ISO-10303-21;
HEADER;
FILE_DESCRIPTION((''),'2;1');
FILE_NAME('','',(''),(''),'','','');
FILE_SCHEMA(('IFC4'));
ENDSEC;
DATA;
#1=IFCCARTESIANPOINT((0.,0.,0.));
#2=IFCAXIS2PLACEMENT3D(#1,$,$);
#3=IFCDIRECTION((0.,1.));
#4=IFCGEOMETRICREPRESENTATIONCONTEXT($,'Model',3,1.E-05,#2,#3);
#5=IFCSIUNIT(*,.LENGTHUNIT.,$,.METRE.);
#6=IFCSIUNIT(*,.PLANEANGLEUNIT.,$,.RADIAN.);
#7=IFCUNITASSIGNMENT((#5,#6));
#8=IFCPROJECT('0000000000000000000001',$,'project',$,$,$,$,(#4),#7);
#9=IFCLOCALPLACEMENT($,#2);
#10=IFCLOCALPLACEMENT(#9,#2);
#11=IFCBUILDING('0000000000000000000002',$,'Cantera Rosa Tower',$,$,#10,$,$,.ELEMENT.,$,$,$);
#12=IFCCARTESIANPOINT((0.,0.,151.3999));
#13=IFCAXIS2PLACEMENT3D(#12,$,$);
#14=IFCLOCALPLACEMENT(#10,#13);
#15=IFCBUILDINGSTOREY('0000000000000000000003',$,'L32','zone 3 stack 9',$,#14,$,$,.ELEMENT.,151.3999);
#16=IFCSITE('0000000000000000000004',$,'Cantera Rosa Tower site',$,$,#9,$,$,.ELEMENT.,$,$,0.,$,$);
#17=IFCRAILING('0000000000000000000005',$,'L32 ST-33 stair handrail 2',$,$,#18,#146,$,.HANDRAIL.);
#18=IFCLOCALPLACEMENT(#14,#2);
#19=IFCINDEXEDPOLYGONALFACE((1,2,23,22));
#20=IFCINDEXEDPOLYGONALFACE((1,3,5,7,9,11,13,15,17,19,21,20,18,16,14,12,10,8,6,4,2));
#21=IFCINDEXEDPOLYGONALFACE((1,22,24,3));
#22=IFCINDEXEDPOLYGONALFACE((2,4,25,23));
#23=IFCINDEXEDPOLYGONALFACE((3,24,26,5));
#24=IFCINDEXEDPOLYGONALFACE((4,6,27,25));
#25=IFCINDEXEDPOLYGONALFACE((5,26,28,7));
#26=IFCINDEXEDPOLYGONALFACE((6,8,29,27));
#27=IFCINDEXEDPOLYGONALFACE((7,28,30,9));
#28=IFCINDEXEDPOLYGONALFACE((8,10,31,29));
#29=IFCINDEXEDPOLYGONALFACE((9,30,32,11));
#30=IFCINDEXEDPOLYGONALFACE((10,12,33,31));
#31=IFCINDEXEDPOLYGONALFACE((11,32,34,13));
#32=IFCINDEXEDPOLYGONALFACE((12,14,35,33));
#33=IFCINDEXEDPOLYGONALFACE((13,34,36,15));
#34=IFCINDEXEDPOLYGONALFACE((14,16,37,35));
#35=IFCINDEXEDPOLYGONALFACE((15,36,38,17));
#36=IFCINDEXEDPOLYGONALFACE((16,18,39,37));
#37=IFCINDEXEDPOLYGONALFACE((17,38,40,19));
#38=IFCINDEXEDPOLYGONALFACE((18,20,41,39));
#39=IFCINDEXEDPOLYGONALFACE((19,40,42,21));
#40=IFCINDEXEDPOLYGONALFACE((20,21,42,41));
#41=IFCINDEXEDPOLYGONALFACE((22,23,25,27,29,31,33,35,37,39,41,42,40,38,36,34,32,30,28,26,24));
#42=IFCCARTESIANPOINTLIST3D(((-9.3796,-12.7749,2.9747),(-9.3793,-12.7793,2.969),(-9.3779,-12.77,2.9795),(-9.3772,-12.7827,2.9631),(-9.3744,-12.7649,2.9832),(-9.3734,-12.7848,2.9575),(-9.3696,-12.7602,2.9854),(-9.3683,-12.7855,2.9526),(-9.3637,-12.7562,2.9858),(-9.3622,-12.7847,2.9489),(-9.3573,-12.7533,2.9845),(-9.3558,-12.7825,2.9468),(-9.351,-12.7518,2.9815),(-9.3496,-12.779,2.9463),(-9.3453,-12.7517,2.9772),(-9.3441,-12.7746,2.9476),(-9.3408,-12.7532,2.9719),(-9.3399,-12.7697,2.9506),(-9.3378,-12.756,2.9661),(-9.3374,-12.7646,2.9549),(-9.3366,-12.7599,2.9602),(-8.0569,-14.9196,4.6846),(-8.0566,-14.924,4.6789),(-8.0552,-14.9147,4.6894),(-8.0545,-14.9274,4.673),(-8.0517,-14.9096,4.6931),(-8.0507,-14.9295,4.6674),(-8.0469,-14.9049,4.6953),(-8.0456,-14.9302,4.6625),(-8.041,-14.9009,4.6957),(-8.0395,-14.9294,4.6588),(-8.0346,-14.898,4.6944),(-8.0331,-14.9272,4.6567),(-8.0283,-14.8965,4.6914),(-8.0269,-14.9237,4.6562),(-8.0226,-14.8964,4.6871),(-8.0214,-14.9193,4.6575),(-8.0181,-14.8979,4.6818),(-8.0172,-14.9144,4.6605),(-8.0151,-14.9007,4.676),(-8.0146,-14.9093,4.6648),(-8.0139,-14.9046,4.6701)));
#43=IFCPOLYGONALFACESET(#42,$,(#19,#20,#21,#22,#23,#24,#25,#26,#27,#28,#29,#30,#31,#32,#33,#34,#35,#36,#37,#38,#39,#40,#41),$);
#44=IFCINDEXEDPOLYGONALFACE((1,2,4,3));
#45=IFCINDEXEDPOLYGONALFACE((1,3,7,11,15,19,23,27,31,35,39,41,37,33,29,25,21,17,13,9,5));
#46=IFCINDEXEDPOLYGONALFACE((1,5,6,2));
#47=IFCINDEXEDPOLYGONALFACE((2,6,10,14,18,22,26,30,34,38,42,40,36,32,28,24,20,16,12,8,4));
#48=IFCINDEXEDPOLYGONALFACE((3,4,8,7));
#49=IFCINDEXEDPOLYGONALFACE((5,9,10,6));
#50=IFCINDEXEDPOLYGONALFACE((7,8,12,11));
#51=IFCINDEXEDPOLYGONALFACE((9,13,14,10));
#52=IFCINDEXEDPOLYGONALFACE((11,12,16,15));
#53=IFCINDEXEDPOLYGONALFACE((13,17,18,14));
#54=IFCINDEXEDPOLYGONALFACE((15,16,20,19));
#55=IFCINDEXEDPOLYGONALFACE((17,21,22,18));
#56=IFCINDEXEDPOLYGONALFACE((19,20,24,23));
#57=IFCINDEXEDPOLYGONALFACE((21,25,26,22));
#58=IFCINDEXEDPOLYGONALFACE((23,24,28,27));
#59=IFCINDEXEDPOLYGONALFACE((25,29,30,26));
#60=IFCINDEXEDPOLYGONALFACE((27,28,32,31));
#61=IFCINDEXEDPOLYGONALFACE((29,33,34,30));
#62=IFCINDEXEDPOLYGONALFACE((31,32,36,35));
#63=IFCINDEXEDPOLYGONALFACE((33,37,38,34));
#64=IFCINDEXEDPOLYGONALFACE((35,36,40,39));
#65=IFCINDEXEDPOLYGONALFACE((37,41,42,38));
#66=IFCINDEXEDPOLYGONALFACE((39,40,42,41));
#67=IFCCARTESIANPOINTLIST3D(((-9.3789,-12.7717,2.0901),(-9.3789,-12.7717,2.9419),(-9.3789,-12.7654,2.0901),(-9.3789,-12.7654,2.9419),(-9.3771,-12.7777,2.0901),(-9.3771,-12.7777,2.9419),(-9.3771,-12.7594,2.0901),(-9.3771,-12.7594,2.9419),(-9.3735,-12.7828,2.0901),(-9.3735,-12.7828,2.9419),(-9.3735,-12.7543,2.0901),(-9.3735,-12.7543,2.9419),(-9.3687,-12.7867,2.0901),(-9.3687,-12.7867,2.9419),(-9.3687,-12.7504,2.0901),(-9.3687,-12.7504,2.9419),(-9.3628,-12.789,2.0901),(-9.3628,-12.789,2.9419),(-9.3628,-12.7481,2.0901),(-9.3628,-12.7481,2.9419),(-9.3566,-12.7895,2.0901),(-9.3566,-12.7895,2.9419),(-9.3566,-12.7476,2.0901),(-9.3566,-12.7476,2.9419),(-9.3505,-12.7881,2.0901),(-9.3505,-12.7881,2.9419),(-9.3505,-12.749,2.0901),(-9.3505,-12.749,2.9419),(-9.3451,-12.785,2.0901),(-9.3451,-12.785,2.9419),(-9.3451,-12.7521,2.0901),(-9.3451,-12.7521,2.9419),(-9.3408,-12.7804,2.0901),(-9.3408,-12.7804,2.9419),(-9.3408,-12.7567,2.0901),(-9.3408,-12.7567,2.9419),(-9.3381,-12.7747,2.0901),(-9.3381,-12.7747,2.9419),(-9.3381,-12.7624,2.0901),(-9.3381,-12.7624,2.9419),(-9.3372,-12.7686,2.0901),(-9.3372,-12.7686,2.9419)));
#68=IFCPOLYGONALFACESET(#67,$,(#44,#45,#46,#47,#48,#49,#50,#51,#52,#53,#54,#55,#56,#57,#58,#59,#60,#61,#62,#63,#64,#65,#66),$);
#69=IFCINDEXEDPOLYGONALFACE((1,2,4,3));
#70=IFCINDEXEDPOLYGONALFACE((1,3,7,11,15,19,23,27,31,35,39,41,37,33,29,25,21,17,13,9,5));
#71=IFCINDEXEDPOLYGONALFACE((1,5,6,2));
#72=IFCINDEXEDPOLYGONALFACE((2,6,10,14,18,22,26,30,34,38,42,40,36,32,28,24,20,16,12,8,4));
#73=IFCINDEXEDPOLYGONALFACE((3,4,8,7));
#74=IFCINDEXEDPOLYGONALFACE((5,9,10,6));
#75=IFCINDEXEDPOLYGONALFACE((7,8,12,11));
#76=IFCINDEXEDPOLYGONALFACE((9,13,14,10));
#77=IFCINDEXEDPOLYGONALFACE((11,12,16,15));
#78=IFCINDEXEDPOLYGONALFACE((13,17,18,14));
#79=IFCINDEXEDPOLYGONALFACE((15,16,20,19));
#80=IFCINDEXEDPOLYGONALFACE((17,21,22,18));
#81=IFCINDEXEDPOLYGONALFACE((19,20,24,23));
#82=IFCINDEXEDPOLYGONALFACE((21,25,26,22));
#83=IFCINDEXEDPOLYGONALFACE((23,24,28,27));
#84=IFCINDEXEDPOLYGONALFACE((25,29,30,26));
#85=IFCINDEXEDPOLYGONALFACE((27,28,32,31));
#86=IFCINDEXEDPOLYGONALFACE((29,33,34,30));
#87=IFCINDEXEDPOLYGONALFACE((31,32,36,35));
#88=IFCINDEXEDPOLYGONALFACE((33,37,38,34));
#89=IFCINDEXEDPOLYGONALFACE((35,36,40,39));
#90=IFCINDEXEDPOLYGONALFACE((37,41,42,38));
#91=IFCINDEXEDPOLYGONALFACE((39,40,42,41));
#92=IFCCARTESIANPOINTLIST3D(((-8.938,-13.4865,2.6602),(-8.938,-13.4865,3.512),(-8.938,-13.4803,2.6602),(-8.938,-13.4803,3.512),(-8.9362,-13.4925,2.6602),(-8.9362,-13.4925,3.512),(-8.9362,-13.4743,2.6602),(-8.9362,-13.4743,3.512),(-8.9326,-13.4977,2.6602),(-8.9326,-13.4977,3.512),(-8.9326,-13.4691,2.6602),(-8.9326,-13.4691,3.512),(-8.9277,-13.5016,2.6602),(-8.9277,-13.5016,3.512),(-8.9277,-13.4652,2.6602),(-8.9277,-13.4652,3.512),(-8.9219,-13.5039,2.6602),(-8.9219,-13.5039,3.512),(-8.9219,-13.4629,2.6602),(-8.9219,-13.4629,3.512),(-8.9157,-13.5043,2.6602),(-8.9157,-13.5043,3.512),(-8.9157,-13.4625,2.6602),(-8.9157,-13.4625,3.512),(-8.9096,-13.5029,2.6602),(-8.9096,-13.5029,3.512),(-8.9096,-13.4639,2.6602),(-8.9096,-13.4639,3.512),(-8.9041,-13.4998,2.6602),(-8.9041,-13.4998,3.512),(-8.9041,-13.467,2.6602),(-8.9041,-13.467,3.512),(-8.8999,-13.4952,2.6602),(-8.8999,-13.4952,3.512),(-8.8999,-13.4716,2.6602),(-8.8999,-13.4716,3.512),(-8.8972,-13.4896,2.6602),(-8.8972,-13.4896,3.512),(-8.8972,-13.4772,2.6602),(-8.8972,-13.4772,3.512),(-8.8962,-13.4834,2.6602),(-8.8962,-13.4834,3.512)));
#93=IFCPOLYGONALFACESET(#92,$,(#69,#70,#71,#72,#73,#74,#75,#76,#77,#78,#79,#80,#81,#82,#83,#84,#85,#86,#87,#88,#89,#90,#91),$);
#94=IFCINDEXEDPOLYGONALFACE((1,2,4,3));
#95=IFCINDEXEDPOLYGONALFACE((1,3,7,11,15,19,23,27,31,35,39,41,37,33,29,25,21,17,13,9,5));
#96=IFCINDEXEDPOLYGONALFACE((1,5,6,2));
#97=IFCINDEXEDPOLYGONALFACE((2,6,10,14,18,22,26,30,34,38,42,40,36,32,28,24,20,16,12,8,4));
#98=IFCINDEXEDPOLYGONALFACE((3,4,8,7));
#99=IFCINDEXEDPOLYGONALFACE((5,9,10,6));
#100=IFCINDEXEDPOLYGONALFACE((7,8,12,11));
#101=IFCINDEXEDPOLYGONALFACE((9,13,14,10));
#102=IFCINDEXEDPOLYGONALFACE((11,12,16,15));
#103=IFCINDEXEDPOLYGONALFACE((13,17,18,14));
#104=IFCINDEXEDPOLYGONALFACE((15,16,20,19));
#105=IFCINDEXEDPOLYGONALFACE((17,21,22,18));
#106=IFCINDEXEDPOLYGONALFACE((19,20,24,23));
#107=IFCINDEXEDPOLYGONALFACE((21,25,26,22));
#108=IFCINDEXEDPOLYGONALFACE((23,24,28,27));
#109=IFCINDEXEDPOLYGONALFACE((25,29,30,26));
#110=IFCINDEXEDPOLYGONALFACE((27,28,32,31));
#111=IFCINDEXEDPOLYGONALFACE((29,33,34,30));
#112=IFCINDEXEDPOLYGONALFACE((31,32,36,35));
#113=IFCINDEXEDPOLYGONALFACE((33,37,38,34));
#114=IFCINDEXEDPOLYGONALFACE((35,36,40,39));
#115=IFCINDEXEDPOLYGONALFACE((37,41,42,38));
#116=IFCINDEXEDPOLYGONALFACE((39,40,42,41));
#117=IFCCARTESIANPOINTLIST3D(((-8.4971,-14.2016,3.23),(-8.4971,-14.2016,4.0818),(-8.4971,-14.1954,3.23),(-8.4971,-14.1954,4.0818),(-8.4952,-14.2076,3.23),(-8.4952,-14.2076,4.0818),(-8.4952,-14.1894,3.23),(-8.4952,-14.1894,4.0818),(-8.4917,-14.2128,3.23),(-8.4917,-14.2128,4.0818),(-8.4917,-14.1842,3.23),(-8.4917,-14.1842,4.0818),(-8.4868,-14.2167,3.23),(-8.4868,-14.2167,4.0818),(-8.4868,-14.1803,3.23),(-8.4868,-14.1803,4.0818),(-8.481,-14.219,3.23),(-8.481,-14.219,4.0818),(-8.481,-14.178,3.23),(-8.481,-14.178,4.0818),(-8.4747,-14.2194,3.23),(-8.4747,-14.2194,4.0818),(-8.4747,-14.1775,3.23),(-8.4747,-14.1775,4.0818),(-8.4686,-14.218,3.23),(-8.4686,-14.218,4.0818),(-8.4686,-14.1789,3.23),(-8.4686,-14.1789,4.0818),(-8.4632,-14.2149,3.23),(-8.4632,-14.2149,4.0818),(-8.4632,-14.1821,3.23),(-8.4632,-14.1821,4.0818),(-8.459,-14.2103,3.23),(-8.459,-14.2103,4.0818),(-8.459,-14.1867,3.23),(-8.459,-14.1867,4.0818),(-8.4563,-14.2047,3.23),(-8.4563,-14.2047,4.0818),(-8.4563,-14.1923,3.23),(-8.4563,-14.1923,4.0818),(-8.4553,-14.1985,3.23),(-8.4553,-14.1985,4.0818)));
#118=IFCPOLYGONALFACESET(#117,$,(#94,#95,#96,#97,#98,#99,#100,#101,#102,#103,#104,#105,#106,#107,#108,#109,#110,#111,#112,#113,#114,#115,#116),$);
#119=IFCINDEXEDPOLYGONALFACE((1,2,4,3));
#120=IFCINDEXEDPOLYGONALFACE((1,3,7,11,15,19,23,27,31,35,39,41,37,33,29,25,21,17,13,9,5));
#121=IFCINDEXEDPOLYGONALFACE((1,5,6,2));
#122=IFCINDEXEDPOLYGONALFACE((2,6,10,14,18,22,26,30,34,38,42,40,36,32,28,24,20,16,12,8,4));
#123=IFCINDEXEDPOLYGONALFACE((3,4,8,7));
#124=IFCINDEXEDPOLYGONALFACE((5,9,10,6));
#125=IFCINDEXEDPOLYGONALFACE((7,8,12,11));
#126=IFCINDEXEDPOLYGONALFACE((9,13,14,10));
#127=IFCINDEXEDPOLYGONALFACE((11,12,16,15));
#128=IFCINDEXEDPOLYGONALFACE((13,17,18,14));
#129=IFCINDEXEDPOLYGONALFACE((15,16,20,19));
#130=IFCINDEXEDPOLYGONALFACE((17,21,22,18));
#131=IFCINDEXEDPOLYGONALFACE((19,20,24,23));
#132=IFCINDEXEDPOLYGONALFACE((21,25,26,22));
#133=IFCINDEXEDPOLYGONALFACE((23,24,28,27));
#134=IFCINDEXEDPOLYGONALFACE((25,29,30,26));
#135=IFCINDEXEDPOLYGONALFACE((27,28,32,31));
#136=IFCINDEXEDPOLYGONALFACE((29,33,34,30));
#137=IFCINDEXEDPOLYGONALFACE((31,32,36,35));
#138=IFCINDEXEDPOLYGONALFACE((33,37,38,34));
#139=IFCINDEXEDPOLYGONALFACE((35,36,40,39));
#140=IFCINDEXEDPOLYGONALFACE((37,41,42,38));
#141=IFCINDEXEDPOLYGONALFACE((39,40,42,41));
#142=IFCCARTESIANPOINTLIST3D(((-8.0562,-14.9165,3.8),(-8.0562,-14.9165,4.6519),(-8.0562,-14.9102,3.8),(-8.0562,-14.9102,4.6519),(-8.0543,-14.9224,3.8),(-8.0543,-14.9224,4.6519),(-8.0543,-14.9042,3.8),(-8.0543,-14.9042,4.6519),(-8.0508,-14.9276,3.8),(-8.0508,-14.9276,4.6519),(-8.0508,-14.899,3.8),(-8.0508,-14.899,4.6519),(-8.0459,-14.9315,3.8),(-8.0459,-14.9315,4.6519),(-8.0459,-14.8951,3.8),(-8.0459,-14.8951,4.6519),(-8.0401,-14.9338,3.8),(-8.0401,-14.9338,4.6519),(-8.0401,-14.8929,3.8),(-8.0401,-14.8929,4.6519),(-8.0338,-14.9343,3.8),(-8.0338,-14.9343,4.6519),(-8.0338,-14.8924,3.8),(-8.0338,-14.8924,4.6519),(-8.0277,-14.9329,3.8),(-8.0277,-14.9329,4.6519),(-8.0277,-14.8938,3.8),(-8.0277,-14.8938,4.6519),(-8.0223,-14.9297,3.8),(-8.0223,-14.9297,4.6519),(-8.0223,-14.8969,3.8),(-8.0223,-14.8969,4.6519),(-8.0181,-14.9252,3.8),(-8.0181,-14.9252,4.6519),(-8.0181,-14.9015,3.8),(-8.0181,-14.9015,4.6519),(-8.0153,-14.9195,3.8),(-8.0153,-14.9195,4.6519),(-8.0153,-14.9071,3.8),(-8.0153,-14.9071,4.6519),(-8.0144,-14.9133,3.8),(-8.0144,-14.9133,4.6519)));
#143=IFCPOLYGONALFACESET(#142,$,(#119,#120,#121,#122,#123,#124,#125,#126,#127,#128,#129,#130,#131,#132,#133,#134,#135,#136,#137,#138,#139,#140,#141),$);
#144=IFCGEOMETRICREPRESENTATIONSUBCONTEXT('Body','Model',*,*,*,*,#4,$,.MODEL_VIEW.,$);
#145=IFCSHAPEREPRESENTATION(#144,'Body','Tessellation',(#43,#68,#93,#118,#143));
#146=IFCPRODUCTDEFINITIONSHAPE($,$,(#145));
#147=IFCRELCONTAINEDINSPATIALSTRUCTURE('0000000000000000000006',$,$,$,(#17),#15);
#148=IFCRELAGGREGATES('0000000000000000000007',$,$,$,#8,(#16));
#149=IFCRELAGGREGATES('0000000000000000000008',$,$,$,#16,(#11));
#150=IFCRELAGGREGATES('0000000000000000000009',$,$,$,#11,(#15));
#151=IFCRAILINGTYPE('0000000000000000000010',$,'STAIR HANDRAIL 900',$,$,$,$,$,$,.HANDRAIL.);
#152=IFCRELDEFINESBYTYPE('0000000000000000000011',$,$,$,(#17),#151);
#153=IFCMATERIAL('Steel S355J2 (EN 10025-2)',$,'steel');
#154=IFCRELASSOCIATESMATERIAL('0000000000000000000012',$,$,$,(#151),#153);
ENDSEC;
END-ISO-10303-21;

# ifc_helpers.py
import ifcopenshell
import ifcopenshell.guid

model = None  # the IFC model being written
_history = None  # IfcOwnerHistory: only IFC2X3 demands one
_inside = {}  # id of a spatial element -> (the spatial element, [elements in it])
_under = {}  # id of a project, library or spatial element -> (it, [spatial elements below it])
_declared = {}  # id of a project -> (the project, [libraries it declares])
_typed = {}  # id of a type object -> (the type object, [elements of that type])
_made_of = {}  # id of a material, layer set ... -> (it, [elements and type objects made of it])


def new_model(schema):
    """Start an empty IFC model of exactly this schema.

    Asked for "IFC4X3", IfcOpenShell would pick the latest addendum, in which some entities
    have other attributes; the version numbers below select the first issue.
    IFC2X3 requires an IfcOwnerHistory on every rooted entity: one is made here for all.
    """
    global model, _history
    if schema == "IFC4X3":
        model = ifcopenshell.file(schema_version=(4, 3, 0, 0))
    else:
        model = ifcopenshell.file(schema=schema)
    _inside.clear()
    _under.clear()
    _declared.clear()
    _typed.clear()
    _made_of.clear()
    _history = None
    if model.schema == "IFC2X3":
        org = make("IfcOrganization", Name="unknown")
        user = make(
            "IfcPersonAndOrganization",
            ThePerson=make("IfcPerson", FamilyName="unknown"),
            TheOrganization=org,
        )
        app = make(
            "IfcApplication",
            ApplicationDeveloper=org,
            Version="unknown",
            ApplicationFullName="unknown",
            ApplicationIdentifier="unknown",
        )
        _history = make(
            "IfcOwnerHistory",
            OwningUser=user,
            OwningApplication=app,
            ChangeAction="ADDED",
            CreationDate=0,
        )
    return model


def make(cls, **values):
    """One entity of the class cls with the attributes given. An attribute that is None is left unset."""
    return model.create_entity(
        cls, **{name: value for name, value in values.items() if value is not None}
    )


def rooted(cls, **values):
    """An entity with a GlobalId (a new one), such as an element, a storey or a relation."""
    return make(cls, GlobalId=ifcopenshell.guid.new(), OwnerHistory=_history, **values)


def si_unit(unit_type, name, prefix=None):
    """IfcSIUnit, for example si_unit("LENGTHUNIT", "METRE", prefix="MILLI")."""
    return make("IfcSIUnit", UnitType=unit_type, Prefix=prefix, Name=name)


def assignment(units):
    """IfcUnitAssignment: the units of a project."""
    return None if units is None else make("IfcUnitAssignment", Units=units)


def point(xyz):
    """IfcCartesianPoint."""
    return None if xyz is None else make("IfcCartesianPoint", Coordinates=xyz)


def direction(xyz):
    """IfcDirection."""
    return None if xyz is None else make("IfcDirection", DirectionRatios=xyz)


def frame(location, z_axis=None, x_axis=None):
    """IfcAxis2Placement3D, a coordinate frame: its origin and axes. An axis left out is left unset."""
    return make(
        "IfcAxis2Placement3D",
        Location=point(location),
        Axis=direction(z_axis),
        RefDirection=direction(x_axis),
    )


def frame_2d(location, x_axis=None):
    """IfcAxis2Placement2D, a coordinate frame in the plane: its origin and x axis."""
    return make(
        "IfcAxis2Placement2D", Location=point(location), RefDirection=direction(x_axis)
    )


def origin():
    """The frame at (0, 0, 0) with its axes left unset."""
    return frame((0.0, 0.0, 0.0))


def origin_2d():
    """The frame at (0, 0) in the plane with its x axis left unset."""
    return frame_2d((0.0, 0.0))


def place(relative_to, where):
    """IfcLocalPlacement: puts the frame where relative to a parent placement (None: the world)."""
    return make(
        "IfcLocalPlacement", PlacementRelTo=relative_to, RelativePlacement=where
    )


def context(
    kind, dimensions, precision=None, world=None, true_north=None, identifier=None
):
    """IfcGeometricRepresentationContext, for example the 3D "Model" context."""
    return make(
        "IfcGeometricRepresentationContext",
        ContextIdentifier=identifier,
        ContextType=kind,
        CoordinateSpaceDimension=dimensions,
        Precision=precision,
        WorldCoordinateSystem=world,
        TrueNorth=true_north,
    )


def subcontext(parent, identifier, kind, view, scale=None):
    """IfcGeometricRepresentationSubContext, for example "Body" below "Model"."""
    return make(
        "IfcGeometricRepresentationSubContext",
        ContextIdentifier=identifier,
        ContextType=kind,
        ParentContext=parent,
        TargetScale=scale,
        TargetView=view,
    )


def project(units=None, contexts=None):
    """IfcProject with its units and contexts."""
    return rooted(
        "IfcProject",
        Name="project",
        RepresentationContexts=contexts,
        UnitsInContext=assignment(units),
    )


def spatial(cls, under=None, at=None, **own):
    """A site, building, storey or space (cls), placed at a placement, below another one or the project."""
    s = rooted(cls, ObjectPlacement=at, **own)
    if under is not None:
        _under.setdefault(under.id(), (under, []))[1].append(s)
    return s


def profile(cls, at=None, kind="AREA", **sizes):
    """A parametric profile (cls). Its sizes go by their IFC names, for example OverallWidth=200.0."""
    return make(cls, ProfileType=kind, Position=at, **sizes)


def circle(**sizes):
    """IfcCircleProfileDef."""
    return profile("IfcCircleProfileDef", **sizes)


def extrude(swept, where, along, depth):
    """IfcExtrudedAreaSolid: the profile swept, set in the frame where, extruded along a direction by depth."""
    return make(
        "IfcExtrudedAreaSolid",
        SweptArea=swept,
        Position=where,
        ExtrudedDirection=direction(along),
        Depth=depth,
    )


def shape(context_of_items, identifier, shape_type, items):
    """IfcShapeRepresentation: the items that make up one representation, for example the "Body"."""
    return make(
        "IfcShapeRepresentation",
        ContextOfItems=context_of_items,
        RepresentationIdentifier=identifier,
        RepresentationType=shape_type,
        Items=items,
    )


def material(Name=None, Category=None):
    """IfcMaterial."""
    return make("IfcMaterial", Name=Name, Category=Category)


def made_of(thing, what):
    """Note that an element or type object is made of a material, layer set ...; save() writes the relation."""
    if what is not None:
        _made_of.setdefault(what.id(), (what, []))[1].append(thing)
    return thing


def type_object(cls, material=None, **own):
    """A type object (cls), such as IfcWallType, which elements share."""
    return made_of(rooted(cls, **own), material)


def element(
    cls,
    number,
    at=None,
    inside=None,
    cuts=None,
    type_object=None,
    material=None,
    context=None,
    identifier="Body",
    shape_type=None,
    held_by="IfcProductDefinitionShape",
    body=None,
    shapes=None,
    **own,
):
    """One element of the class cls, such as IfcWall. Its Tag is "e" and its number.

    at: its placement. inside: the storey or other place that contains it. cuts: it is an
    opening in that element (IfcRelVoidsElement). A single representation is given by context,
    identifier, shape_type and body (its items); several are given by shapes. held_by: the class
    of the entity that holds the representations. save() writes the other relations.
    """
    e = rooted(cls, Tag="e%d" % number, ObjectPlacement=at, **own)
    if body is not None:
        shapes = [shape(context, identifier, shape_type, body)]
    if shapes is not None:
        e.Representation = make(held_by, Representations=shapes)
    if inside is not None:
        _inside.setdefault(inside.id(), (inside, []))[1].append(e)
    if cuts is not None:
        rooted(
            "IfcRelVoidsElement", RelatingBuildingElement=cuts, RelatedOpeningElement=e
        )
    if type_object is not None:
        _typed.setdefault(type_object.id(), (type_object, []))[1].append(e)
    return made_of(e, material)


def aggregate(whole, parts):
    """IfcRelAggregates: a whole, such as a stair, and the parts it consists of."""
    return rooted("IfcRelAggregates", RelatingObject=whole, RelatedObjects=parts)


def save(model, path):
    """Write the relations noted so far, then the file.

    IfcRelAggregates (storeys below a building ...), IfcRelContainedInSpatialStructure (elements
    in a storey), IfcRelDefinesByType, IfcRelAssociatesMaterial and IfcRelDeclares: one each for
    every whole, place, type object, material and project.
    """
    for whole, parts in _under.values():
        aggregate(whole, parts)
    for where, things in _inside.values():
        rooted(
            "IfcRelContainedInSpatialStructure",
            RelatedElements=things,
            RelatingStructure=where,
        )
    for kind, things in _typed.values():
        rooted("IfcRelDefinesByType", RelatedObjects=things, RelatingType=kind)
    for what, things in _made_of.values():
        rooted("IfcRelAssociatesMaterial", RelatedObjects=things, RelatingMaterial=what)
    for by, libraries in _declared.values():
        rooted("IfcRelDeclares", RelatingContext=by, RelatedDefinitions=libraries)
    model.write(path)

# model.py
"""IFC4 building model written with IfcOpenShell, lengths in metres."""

from ifc_helpers import new_model, si_unit, direction, frame, origin, origin_2d, place, context, subcontext, project, spatial, circle, extrude, material, type_object, element, save


model = new_model("IFC4")

# Units and contexts
model_context = context("Model", 3, precision=1e-05, world=origin(), true_north=direction((0.0, 1.0)))
body_context = subcontext(model_context, "Body", "Model", "MODEL_VIEW")
ifc_project = project(units=[si_unit("LENGTHUNIT", "METRE"), si_unit("PLANEANGLEUNIT", "RADIAN")], contexts=[model_context])

# Site, building, storey
site_placement = place(None, origin())
site = spatial("IfcSite", under=ifc_project, at=site_placement, Name="Cantera Rosa Tower site", CompositionType="ELEMENT", RefElevation=0.0)
building_placement = place(site_placement, origin())
building = spatial("IfcBuilding", under=site, at=building_placement, Name="Cantera Rosa Tower", CompositionType="ELEMENT")
storey_placement = place(building_placement, frame((0.0, 0.0, 151.3999)))
storey = spatial("IfcBuildingStorey", under=building, at=storey_placement, Name="L32", Description="zone 3 stack 9", CompositionType="ELEMENT", Elevation=151.3999)

# Railing
ifc_material_1 = material(Name="Steel S355J2 (EN 10025-2)", Category="steel")
railing_type_1 = type_object("IfcRailingType", Name="STAIR HANDRAIL 900", PredefinedType="HANDRAIL", material=ifc_material_1)
railing_1_placement = place(storey_placement, frame((-9.3582, -12.7686, 2.0901)))
element("IfcRailing", 1, at=railing_1_placement, inside=storey, type_object=railing_type_1, Name="L32 ST-33 stair handrail 2", PredefinedType="HANDRAIL", context=body_context, shape_type="SweptSolid", body=[
    extrude(circle(Radius=0.0239, at=origin_2d()), frame((0.0, 0.0, 0.876), z_axis=(0.434363, -0.704296, 0.561513), x_axis=(0.851146, 0.52493, 0.0)), (0.0, 0.0, 1.0), 3.0452),
    extrude(circle(Radius=0.021, at=origin_2d()), origin(), (0.0, 0.0, 1.0), 0.8518),
    extrude(circle(Radius=0.021, at=origin_2d()), frame((0.4409, -0.7148, 0.5701)), (0.0, 0.0, 1.0), 0.8518),
    extrude(circle(Radius=0.021, at=origin_2d()), frame((0.8818, -1.4299, 1.1399)), (0.0, 0.0, 1.0), 0.8518),
    extrude(circle(Radius=0.021, at=origin_2d()), frame((1.3228, -2.1448, 1.71)), (0.0, 0.0, 1.0), 0.8518),
])

save(model, "model.ifc")
